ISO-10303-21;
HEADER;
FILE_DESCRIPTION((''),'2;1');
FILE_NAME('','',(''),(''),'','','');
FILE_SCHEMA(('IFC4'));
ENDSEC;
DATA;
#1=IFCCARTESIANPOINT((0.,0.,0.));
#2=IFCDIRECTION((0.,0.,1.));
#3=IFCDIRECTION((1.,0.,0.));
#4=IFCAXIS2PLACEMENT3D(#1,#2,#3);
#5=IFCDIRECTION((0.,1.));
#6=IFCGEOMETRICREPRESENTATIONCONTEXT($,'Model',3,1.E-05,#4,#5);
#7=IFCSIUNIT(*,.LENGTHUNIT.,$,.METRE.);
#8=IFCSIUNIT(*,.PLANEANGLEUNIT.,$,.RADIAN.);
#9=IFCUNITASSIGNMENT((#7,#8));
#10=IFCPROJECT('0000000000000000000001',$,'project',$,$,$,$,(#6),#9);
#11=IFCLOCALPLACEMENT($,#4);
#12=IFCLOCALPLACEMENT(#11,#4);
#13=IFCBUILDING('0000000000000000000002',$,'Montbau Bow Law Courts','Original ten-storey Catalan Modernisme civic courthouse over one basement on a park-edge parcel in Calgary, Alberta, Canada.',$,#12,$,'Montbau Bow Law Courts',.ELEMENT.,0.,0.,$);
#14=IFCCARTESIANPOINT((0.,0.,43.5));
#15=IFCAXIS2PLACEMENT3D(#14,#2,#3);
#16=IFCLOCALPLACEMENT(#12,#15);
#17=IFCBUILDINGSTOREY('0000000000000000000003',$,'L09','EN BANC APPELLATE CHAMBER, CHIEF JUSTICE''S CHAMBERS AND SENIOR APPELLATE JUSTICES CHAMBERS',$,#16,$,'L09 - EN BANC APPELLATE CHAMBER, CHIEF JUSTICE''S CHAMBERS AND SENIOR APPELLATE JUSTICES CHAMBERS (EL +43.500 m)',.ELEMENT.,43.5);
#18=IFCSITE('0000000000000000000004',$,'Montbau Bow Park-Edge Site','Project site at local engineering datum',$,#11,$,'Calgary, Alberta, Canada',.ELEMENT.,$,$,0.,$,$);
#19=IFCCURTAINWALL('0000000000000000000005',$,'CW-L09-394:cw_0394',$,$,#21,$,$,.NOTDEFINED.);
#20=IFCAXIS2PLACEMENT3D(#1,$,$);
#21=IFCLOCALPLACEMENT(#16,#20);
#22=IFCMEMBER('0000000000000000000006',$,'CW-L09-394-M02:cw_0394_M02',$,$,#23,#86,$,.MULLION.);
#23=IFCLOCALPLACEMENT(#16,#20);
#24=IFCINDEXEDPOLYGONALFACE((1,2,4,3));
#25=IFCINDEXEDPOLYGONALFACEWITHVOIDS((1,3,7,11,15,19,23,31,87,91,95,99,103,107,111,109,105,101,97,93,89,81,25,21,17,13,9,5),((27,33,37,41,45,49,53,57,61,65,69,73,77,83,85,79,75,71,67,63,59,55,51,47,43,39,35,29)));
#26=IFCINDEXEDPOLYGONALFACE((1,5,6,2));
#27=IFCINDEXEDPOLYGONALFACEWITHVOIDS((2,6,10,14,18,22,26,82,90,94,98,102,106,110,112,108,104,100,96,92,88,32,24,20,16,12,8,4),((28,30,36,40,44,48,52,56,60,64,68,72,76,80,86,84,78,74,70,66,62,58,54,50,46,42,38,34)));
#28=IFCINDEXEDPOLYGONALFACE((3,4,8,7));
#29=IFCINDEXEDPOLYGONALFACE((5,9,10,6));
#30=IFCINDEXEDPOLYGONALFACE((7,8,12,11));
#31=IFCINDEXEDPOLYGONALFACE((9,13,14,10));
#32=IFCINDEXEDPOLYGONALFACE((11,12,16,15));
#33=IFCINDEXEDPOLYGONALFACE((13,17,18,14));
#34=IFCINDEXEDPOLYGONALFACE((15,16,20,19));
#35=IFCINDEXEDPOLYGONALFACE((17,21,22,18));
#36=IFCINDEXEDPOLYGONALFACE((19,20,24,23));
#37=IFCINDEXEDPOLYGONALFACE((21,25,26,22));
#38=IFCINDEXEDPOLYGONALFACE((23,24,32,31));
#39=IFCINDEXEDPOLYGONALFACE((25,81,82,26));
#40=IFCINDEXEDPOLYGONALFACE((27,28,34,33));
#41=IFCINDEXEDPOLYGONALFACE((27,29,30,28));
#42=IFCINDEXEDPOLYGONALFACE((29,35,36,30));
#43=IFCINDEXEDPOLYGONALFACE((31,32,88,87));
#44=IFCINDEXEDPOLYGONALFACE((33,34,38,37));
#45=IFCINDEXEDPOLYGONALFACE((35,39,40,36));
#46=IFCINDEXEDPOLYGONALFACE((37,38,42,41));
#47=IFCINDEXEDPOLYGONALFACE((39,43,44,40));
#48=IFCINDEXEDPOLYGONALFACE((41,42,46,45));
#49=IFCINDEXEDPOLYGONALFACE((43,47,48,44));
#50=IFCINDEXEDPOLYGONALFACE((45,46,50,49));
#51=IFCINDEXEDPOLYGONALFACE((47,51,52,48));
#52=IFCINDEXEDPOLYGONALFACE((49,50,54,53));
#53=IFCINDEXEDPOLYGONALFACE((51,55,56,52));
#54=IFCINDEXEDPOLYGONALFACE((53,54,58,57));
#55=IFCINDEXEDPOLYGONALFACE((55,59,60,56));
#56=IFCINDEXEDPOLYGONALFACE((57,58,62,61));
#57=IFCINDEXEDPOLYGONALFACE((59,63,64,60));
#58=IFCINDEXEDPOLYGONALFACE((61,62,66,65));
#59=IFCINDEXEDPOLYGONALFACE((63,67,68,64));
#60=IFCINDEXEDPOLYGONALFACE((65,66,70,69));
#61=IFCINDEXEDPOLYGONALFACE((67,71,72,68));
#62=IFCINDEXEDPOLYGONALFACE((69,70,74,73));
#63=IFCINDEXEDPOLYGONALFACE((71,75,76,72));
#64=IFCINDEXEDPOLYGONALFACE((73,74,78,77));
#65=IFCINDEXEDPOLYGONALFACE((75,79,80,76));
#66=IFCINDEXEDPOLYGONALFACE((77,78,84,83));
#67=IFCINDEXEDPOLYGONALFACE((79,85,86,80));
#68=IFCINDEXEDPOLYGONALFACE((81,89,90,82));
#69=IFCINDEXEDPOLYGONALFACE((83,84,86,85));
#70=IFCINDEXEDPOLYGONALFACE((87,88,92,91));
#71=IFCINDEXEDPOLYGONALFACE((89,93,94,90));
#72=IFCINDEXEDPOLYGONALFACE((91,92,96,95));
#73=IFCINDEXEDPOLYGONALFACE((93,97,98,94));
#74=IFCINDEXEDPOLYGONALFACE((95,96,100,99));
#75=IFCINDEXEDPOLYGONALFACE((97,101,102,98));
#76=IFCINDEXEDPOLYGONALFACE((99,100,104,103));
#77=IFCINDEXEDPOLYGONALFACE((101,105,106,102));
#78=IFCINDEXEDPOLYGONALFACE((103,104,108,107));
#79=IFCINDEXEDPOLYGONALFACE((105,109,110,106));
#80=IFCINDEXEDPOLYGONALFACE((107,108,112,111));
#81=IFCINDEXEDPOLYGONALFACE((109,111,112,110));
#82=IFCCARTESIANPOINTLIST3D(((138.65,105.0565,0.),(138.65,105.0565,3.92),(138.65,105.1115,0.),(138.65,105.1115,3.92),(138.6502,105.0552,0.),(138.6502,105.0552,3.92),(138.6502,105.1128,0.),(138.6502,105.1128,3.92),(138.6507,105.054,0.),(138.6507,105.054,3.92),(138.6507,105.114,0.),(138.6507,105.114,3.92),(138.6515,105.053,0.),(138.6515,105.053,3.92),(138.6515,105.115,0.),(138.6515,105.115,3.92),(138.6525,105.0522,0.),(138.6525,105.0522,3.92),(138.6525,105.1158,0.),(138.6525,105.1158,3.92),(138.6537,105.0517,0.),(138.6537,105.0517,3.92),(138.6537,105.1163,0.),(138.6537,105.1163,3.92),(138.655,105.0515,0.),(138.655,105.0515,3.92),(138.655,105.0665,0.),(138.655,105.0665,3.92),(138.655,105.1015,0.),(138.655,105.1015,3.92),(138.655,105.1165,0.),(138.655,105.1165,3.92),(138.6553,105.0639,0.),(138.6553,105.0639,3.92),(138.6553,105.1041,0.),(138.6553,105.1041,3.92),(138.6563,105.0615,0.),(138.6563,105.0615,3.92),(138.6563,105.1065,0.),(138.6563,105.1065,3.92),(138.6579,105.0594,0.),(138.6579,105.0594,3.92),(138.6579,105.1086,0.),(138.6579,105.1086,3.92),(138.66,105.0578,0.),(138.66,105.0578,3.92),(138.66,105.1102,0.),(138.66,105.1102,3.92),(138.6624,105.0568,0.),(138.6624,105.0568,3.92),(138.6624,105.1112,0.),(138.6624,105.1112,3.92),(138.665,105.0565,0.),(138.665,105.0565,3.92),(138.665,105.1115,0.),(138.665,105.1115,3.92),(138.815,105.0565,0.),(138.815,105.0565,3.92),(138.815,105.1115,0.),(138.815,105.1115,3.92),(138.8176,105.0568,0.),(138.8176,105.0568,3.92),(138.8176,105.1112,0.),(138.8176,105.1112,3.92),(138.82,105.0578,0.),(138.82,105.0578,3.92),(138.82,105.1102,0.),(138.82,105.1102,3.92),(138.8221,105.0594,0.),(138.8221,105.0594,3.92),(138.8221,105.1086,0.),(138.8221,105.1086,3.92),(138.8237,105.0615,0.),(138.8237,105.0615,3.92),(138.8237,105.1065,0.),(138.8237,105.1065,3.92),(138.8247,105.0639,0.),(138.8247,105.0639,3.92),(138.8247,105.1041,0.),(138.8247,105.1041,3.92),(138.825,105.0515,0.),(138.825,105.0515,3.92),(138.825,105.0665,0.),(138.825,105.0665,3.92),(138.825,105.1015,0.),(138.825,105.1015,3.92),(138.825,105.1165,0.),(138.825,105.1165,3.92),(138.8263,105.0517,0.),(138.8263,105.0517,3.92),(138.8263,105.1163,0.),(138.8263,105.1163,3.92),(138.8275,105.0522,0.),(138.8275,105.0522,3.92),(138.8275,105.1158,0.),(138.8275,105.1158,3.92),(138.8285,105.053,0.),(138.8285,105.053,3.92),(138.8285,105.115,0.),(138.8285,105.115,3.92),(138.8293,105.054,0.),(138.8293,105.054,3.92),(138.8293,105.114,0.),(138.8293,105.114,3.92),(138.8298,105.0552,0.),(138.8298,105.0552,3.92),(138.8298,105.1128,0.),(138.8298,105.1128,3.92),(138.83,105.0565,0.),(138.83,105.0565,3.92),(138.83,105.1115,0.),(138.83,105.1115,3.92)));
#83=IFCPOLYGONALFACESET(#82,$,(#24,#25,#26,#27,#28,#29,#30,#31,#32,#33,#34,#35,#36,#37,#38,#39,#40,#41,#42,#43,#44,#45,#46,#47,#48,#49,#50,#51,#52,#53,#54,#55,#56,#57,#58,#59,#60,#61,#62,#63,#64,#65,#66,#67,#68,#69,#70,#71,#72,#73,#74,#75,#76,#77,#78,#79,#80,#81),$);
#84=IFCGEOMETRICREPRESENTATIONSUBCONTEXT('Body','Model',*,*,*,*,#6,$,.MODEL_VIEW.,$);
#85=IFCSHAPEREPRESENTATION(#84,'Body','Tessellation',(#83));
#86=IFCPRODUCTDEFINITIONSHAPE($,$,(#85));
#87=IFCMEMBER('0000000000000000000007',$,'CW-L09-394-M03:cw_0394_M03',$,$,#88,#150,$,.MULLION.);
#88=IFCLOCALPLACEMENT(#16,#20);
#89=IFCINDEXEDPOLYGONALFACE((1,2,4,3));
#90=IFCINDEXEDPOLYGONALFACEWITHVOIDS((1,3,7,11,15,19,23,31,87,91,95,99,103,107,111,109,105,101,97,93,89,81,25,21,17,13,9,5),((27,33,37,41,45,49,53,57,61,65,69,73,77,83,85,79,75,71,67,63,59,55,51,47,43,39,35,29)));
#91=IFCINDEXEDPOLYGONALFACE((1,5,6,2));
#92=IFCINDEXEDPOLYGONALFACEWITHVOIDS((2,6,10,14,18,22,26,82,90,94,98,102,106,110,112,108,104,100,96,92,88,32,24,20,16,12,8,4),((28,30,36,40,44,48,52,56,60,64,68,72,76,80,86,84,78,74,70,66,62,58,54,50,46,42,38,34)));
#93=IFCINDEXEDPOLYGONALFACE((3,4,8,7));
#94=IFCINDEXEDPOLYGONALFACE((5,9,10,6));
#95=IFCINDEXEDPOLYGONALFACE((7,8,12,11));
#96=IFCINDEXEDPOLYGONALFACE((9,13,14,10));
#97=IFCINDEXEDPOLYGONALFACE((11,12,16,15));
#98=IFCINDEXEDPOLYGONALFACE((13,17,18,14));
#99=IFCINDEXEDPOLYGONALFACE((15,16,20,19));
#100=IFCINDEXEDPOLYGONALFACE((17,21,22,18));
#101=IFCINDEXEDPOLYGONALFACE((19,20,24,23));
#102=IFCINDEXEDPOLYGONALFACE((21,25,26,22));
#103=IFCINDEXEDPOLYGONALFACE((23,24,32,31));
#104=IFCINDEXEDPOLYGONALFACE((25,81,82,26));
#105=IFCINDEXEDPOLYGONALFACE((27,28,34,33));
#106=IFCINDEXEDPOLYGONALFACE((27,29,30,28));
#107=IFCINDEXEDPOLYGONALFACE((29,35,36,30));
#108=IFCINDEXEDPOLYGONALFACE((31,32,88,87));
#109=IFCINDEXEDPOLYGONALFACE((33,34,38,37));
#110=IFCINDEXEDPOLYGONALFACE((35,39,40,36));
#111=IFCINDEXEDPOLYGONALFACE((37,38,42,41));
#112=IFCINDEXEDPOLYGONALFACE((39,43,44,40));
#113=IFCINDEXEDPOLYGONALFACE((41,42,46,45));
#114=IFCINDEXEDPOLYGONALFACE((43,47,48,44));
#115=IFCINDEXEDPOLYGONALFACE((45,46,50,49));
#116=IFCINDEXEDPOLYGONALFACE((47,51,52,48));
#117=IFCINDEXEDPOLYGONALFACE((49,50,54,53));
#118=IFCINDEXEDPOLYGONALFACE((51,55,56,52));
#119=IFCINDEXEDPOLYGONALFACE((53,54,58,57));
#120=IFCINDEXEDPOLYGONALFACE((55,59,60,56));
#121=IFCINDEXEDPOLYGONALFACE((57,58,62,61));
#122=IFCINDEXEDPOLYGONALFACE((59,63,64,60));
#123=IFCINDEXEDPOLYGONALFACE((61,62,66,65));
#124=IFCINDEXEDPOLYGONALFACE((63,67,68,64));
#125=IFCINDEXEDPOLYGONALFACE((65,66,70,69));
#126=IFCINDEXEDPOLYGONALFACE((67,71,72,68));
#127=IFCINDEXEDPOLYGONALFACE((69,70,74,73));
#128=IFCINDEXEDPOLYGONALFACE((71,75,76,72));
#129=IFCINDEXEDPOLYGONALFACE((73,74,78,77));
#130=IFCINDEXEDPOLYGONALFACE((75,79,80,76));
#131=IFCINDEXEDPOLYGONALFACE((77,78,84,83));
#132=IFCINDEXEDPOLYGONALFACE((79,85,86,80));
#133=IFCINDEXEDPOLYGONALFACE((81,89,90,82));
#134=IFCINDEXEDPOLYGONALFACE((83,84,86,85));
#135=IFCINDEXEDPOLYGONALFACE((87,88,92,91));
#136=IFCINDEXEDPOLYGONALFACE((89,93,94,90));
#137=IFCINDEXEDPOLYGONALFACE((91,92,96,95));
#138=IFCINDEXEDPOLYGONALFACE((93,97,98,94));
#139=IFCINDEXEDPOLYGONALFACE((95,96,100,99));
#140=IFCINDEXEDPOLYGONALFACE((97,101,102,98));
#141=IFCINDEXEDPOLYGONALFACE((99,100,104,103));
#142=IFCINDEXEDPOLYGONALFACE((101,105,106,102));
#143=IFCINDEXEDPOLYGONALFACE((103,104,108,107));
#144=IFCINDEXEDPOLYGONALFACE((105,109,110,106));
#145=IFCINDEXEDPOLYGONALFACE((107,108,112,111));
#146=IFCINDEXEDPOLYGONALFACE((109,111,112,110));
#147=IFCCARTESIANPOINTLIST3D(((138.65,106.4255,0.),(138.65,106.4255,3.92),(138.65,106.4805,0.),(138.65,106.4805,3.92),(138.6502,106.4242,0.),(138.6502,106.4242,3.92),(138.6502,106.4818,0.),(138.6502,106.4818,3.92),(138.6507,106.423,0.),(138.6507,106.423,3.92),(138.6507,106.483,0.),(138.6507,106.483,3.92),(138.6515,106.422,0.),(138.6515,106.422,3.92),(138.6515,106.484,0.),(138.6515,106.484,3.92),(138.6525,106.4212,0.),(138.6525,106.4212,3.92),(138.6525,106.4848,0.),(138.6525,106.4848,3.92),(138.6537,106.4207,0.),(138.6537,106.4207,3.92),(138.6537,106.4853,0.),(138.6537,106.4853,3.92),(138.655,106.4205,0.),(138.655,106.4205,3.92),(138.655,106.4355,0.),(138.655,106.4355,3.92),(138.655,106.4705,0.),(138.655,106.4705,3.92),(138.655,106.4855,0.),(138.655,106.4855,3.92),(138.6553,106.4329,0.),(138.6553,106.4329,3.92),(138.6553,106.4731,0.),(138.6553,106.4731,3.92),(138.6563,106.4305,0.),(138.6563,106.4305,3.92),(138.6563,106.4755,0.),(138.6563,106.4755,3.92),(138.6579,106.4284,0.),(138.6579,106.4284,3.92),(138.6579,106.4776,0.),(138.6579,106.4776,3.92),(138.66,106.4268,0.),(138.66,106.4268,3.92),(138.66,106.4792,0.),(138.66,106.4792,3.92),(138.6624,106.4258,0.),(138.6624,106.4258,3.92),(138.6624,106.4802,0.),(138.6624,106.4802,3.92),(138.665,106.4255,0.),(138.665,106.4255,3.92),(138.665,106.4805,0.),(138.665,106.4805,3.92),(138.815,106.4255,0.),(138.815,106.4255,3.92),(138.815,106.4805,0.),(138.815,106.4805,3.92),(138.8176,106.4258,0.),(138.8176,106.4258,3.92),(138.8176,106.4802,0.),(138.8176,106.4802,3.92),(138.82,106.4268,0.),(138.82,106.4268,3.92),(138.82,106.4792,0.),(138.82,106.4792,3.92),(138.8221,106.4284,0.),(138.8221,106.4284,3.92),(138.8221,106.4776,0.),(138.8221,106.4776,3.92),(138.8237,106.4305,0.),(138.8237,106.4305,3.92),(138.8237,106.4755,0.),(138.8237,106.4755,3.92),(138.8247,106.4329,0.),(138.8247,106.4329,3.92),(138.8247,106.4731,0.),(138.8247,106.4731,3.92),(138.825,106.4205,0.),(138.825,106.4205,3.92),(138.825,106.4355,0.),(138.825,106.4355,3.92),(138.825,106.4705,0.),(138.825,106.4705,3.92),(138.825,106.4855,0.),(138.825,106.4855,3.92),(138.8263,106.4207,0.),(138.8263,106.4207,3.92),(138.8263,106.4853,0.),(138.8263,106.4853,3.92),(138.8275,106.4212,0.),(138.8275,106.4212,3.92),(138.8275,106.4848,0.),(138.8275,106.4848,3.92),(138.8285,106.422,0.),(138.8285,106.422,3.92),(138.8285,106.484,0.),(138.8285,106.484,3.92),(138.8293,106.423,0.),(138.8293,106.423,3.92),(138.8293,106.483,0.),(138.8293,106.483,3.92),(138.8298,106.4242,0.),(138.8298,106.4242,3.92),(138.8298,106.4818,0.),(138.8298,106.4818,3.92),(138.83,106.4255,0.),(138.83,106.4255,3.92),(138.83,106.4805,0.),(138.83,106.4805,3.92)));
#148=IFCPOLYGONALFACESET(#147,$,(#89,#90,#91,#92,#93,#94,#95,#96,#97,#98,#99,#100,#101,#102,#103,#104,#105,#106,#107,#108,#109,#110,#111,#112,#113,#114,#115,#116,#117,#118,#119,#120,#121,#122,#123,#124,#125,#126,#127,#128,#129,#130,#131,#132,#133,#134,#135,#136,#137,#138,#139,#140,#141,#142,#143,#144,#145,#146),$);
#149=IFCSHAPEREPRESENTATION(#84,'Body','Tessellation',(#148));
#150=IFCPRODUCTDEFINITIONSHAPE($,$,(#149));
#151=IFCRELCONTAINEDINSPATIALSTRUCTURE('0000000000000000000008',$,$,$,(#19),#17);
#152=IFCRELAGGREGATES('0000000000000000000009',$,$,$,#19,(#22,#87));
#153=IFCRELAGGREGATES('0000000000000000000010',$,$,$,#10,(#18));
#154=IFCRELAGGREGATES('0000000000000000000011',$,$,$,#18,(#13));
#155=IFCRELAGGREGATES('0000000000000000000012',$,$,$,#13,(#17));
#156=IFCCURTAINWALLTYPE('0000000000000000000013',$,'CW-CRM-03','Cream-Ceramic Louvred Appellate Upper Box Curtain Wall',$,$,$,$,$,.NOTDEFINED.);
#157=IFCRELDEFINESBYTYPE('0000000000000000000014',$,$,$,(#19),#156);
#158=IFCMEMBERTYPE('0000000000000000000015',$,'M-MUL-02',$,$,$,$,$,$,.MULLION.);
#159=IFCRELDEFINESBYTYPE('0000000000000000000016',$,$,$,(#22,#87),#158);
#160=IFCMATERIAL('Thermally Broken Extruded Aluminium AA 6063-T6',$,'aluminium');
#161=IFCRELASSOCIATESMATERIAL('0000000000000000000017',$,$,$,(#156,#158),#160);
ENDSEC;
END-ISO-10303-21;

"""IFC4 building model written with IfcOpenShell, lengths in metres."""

from ifc_helpers import new_model, si_unit, direction, frame, origin_with_axes, origin_2d_with_axis, place, context, subcontext, project, spatial, hollow_rectangle, extrude, material, material_profile, profile_set, type_object, element, aggregate, save


model = new_model("IFC4")

# Units and contexts
model_context = context("Model", 3, precision=1e-05, world=origin_with_axes(), true_north=direction((0.0, 1.0)))
body_context = subcontext(model_context, "Body", "Model", "MODEL_VIEW")
ifc_project = project(units=[si_unit("LENGTHUNIT", "METRE"), si_unit("PLANEANGLEUNIT", "RADIAN")], contexts=[model_context])

# Site, building, storey
site_placement = place(None, origin_with_axes())
site = spatial("IfcSite", under=ifc_project, at=site_placement, Name="Montbau Bow Park-Edge Site", Description="Project site at local engineering datum", LongName="Calgary, Alberta, Canada", CompositionType="ELEMENT", RefElevation=0.0)
building_placement = place(site_placement, origin_with_axes())
building = spatial("IfcBuilding", under=site, at=building_placement, Name="Montbau Bow Law Courts", Description="Original ten-storey Catalan Modernisme civic courthouse over one basement on a park-edge parcel in Calgary, Alberta, Canada.", LongName="Montbau Bow Law Courts", CompositionType="ELEMENT", ElevationOfRefHeight=0.0, ElevationOfTerrain=0.0)
storey_placement = place(building_placement, frame((0.0, 0.0, 43.5), z_axis=(0.0, 0.0, 1.0), x_axis=(1.0, 0.0, 0.0)))
storey = spatial("IfcBuildingStorey", under=building, at=storey_placement, Name="L09", Description="EN BANC APPELLATE CHAMBER, CHIEF JUSTICE'S CHAMBERS AND SENIOR APPELLATE JUSTICES CHAMBERS", LongName="L09 - EN BANC APPELLATE CHAMBER, CHIEF JUSTICE'S CHAMBERS AND SENIOR APPELLATE JUSTICES CHAMBERS (EL +43.500 m)", CompositionType="ELEMENT", Elevation=43.5)

# Shared definitions
ifc_material_1 = material(Name="Thermally Broken Extruded Aluminium AA 6063-T6", Category="aluminium")
curtain_wall_type = type_object("IfcCurtainWallType", Name="CW-CRM-03", Description="Cream-Ceramic Louvred Appellate Upper Box Curtain Wall", PredefinedType="NOTDEFINED", material=ifc_material_1)

# Curtain wall, members
curtain_wall_1_placement = place(None, frame((138.74, 103.715, 43.5), z_axis=(0.0, 0.0, 1.0), x_axis=(1.0, 0.0, 0.0)))
curtain_wall_1 = element("IfcCurtainWall", 1, at=curtain_wall_1_placement, inside=storey, type_object=curtain_wall_type, Name="CW-L09-394:cw_0394", PredefinedType="NOTDEFINED")
ifc_material_profile_1 = material_profile(ifc_material_1, hollow_rectangle(XDim=0.065, YDim=0.18, WallThickness=0.005, InnerFilletRadius=0.01, OuterFilletRadius=0.005, at=origin_2d_with_axis()), Name="CWM-180X65", Category="Main", Priority=0)
ifc_profile_set_1 = profile_set([ifc_material_profile_1], Name="Thermally Broken Extruded Aluminium AA 6063-T6")
member_type_1 = type_object("IfcMemberType", Name="M-MUL-02", PredefinedType="MULLION", material=ifc_profile_set_1)
member_1_placement = place(None, frame((138.74, 105.084, 43.5), z_axis=(0.0, 0.0, 1.0), x_axis=(0.0, 1.0, 0.0)))
member_1 = element("IfcMember", 2, at=member_1_placement, type_object=member_type_1, Name="CW-L09-394-M02:cw_0394_M02", PredefinedType="MULLION", context=body_context, shape_type="SweptSolid", body=[
    extrude(hollow_rectangle(XDim=0.065, YDim=0.18, WallThickness=0.005, InnerFilletRadius=0.01, OuterFilletRadius=0.005, at=origin_2d_with_axis()), origin_with_axes(), (0.0, 0.0, 1.0), 3.92),
])
member_2_placement = place(None, frame((138.74, 106.453, 43.5), z_axis=(0.0, 0.0, 1.0), x_axis=(0.0, 1.0, 0.0)))
member_2 = element("IfcMember", 3, at=member_2_placement, type_object=member_type_1, Name="CW-L09-394-M03:cw_0394_M03", PredefinedType="MULLION", context=body_context, shape_type="SweptSolid", body=[
    extrude(hollow_rectangle(XDim=0.065, YDim=0.18, WallThickness=0.005, InnerFilletRadius=0.01, OuterFilletRadius=0.005, at=origin_2d_with_axis()), origin_with_axes(), (0.0, 0.0, 1.0), 3.92),
])

aggregate(curtain_wall_1, [member_1, member_2])

save(model, "model.ifc")
